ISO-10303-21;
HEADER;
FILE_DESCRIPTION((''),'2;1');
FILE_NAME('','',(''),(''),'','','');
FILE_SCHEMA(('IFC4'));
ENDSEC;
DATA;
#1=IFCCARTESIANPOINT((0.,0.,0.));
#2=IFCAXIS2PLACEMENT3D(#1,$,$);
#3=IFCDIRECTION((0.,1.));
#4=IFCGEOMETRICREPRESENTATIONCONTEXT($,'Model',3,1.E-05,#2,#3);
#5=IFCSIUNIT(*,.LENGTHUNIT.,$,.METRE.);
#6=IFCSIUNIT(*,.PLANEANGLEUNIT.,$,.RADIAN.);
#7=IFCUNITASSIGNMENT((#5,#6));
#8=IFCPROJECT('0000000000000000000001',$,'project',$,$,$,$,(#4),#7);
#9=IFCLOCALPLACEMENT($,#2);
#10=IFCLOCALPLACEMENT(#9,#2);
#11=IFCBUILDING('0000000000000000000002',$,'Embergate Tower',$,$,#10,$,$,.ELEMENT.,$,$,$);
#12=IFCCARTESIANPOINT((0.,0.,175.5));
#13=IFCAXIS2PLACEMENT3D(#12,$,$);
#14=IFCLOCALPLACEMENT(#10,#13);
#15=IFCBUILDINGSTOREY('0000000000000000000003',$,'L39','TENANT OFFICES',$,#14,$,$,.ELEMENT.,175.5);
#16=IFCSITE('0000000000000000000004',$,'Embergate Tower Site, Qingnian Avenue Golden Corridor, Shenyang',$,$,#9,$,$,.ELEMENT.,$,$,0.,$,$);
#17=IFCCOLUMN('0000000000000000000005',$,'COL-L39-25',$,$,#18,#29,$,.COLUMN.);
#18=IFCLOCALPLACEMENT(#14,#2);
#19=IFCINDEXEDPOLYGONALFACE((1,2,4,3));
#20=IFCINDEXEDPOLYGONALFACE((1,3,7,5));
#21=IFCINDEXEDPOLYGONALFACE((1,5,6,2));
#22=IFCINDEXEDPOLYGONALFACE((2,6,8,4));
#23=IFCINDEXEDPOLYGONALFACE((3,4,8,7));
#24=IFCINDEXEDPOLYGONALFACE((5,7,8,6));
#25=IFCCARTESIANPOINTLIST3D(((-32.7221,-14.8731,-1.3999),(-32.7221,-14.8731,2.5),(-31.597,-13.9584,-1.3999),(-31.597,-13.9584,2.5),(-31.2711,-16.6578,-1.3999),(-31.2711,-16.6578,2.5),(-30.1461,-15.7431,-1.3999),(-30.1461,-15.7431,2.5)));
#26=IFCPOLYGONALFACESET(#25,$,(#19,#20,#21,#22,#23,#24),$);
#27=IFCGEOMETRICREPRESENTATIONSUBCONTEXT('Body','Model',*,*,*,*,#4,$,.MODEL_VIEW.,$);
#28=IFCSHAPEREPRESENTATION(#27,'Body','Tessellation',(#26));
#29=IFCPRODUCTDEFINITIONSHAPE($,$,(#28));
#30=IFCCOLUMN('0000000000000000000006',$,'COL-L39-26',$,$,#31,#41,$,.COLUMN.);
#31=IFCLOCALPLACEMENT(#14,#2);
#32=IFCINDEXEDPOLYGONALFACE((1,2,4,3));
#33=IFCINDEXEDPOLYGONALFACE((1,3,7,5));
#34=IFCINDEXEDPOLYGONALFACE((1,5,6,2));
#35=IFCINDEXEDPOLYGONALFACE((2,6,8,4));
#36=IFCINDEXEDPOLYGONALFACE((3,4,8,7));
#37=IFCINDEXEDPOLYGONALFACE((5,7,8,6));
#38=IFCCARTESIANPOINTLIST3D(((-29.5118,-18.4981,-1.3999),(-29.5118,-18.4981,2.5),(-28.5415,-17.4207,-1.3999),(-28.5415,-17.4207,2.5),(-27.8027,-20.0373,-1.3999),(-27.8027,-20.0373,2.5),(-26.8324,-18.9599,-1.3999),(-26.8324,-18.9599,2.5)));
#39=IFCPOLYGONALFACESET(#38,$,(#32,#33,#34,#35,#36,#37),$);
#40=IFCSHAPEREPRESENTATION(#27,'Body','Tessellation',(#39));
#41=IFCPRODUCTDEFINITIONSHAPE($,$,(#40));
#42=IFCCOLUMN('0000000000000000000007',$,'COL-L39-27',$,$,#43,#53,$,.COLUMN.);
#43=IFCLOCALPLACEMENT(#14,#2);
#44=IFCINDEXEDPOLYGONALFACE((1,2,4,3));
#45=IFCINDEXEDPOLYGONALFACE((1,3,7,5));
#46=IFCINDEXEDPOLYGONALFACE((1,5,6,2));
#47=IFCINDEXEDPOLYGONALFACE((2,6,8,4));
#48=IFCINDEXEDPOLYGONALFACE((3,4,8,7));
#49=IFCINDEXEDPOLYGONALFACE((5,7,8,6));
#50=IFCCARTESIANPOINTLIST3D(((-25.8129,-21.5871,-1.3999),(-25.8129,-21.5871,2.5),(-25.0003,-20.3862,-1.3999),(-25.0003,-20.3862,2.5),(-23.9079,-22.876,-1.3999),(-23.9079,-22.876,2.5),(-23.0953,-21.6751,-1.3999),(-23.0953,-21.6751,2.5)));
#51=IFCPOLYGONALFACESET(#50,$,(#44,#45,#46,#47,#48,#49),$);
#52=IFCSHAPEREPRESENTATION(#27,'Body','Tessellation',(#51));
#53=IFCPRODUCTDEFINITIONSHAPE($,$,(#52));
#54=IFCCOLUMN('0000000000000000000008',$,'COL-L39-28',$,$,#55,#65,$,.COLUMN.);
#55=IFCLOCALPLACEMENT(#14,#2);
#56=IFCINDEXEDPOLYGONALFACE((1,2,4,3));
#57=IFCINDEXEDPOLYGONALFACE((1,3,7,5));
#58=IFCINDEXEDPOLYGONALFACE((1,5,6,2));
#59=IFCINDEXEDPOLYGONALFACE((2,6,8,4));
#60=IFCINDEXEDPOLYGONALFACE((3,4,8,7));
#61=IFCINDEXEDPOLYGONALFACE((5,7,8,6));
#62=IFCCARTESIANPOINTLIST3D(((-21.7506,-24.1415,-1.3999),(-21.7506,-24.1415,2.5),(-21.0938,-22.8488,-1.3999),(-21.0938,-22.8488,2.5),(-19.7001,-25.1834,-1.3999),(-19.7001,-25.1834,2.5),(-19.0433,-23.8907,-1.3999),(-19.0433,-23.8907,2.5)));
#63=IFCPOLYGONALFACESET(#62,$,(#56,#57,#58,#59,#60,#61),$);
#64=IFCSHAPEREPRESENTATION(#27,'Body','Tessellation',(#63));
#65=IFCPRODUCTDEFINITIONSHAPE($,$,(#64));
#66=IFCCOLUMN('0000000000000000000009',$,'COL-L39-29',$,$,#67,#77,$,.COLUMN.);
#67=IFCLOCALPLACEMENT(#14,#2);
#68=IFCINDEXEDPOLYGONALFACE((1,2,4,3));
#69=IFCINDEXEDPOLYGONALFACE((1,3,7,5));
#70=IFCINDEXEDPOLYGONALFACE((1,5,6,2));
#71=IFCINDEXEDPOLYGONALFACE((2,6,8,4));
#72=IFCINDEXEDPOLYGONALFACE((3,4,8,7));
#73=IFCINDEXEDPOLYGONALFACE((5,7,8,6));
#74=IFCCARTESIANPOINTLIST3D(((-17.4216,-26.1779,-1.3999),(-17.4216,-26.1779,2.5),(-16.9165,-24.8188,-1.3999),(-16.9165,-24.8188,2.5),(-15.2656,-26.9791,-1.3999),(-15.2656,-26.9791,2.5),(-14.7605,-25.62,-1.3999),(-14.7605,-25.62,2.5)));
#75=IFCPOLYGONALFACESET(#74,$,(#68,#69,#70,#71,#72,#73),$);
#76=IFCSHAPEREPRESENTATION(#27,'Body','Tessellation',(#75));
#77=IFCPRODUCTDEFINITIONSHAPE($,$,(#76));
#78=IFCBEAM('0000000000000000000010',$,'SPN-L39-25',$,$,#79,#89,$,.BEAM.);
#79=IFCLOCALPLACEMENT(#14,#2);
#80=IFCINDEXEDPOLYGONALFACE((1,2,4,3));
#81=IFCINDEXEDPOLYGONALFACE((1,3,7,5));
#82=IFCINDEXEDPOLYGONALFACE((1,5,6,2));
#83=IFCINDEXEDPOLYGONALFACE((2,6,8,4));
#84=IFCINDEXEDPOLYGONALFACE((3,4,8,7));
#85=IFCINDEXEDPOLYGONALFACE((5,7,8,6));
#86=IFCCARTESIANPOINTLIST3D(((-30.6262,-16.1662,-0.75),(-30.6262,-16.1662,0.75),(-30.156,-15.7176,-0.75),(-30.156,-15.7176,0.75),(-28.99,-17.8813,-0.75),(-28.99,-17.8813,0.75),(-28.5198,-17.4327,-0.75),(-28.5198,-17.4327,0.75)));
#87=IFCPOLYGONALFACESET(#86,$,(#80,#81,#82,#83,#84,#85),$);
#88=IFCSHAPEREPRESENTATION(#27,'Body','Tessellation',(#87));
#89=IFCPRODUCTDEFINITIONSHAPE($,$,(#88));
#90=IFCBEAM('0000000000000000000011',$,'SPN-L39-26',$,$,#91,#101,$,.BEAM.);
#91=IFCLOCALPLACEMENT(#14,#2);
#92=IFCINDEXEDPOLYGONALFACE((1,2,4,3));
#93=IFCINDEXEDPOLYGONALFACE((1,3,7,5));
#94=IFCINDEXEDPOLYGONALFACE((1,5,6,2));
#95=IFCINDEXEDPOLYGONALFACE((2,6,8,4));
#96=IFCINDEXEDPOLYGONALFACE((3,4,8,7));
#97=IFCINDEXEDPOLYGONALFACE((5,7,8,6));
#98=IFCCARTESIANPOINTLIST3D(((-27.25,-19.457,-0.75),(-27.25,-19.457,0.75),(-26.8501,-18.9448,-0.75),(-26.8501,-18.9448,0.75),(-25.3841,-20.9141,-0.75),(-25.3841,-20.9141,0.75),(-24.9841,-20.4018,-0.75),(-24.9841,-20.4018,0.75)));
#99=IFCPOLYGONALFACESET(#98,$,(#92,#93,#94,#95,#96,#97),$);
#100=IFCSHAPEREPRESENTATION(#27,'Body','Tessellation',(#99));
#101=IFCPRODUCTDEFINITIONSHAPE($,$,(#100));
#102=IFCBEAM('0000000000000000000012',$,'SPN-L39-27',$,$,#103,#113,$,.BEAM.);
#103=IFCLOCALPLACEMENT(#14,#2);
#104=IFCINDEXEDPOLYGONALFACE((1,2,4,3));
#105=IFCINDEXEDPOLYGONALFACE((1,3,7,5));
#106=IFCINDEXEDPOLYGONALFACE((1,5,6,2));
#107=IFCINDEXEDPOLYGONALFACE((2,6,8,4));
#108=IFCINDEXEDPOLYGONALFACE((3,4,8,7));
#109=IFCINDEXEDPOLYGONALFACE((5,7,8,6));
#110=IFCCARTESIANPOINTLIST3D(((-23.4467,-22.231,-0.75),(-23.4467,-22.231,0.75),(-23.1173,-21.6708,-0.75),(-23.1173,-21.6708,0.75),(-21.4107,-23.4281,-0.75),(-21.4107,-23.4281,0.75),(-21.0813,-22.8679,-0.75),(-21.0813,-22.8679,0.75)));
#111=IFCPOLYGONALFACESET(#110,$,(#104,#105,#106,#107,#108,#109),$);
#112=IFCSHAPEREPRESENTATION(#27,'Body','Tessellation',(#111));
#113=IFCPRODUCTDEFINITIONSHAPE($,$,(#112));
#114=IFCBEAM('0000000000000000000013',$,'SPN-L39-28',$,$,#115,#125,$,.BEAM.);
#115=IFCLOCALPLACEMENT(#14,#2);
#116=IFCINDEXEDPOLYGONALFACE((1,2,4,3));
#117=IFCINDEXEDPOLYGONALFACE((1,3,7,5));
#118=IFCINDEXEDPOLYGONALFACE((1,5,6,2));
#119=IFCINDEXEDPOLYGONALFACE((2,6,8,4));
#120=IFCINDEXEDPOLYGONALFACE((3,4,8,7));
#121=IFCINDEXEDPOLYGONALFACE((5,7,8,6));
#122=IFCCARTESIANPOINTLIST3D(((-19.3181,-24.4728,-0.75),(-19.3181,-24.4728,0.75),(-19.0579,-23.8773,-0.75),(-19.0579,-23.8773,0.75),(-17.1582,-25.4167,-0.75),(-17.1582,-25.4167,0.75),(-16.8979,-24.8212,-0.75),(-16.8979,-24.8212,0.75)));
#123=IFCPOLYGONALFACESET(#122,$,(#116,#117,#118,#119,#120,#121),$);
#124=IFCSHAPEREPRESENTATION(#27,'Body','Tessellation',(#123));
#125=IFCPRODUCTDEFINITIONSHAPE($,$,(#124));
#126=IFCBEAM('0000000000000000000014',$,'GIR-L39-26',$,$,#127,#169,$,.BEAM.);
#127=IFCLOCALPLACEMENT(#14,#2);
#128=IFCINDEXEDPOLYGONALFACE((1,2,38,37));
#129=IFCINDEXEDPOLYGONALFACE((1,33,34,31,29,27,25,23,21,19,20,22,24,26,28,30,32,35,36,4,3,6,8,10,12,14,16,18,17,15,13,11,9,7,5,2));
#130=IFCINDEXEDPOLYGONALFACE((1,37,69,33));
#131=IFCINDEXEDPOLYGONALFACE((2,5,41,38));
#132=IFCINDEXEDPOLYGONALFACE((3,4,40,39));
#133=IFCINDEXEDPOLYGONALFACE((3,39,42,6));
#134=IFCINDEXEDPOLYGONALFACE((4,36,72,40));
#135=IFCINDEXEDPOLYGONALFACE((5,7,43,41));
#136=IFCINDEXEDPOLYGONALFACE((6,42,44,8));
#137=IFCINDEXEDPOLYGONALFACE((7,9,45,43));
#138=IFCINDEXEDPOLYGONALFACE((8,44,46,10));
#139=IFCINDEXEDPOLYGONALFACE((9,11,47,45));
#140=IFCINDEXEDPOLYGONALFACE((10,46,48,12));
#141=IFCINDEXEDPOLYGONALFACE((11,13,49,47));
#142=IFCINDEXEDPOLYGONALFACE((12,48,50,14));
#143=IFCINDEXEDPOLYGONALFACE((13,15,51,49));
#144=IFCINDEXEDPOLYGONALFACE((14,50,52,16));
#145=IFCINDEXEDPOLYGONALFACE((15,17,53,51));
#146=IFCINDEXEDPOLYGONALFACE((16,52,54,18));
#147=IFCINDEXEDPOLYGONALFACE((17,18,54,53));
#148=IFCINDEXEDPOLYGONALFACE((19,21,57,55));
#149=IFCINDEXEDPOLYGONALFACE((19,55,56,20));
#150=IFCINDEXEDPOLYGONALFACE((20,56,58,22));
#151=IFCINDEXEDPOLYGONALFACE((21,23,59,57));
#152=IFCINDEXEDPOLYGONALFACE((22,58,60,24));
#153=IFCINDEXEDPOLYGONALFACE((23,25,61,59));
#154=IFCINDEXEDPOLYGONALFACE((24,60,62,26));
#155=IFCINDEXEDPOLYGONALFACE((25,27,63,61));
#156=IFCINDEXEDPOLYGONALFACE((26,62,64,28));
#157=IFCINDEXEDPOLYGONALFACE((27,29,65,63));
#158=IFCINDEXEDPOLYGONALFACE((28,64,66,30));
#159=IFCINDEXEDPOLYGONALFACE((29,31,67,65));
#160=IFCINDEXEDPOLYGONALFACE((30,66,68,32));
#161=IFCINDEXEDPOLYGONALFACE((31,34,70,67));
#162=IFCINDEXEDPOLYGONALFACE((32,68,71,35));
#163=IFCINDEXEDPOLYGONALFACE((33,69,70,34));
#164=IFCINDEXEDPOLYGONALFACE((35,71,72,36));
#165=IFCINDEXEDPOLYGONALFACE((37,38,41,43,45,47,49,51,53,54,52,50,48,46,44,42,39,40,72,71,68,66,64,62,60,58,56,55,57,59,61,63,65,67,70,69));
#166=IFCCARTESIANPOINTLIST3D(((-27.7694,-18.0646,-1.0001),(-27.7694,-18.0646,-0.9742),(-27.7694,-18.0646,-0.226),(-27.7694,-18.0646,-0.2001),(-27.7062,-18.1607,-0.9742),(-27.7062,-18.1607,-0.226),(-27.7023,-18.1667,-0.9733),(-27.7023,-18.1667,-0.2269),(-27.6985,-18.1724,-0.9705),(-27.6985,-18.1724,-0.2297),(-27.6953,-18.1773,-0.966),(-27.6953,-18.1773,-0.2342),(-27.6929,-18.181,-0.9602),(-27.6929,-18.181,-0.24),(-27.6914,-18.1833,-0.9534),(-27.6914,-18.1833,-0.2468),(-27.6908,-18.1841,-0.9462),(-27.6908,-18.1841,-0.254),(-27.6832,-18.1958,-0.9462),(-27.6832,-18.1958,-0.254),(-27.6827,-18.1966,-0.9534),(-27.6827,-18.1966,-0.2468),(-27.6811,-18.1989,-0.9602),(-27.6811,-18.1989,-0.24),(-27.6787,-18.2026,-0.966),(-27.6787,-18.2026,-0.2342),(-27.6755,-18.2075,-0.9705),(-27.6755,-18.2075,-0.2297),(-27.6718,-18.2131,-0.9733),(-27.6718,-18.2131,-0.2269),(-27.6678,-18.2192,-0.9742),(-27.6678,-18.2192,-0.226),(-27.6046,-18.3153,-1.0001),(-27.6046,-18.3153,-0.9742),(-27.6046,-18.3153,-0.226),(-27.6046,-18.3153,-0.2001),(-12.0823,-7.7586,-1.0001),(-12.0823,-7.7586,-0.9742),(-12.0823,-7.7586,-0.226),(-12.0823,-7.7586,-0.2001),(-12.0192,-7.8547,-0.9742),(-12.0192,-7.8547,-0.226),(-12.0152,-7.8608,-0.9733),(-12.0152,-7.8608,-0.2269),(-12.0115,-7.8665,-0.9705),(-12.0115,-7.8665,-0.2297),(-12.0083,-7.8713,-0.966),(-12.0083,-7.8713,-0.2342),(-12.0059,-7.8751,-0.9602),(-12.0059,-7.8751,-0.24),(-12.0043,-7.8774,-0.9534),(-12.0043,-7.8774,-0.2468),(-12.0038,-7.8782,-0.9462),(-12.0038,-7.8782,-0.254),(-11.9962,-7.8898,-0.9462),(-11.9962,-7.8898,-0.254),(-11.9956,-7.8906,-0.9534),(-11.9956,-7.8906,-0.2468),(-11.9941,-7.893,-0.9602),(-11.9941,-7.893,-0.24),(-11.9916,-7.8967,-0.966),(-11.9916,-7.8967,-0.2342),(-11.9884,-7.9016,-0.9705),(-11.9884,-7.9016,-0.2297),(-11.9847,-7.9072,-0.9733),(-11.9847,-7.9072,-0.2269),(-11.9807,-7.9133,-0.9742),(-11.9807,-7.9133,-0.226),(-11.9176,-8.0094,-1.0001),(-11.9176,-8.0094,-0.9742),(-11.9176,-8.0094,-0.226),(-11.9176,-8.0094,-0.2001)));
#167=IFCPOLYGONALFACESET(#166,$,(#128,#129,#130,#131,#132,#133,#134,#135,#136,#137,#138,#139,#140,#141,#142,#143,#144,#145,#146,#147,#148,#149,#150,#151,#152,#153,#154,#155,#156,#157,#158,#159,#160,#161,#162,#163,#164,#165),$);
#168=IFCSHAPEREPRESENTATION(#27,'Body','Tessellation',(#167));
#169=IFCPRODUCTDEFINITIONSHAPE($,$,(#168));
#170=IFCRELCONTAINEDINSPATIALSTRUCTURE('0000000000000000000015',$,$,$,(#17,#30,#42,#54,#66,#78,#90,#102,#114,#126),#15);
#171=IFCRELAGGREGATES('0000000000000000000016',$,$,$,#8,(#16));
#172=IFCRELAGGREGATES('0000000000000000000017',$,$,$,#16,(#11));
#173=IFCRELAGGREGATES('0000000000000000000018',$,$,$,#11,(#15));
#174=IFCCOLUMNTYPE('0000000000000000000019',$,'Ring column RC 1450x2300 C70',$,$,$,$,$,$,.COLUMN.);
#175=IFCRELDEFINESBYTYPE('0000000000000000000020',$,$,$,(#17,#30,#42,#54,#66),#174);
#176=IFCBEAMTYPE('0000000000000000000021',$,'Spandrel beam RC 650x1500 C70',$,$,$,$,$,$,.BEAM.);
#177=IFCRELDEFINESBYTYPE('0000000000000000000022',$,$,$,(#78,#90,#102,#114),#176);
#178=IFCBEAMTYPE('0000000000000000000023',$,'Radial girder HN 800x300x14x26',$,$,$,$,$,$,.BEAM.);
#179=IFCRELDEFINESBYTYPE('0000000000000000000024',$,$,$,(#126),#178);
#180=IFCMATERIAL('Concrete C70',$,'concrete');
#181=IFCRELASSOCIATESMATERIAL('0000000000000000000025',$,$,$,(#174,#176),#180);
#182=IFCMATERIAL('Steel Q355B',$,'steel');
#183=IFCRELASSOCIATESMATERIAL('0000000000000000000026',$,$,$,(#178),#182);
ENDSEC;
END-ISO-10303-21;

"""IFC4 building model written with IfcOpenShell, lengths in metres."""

from ifc_helpers import new_model, si_unit, direction, frame, origin, origin_2d, place, context, subcontext, project, spatial, rectangle, i_section, extrude, source, transform, mapped, material, material_profile, profile_set, type_object, element, save


model = new_model("IFC4")

# Units and contexts
model_context = context("Model", 3, precision=1e-05, world=origin(), true_north=direction((0.0, 1.0)))
body_context = subcontext(model_context, "Body", "Model", "MODEL_VIEW")
ifc_project = project(units=[si_unit("LENGTHUNIT", "METRE"), si_unit("PLANEANGLEUNIT", "RADIAN")], contexts=[model_context])

# Site, building, storey
site_placement = place(None, origin())
site = spatial("IfcSite", under=ifc_project, at=site_placement, Name="Embergate Tower Site, Qingnian Avenue Golden Corridor, Shenyang", CompositionType="ELEMENT", RefElevation=0.0)
building_placement = place(site_placement, origin())
building = spatial("IfcBuilding", under=site, at=building_placement, Name="Embergate Tower", CompositionType="ELEMENT")
storey_placement = place(building_placement, frame((0.0, 0.0, 175.5)))
storey = spatial("IfcBuildingStorey", under=building, at=storey_placement, Name="L39", Description="TENANT OFFICES", CompositionType="ELEMENT", Elevation=175.5)

# Columns
ifc_material_1 = material(Name="Concrete C70", Category="concrete")
ifc_material_profile_1 = material_profile(ifc_material_1, rectangle(XDim=1.45, YDim=2.3, at=origin_2d()), Name="RC 1450x2300")
ifc_profile_set_1 = profile_set([ifc_material_profile_1], Name="Concrete C70")
column_type = type_object("IfcColumnType", Name="Ring column RC 1450x2300 C70", PredefinedType="COLUMN", material=ifc_profile_set_1)
shared_shape_1 = source(origin(), body_context, "Body", "SweptSolid", [
    extrude(rectangle(XDim=1.45, YDim=2.3, at=origin_2d()), origin(), (0.0, 0.0, 1.0), 3.8999),
])
for number, where, z_axis, x_axis, name in (
    (1, (-31.4341, -15.3081, -1.3999), (0.0, 0.0, 1.0), (-0.775914, -0.630838, 0.0), "COL-L39-25"),
    (2, (-28.1721, -18.729, -1.3999), (0.0, 0.0, 1.0), (-0.669208, -0.743075, 0.0), "COL-L39-26"),
    (3, (-24.4541, -21.6311, -1.3999), (0.0, 0.0, 1.0), (-0.560393, -0.828227, 0.0), "COL-L39-27"),
    (4, (-20.397, -24.0161, -1.3999), (0.0, 0.0, 1.0), (-0.452995, -0.891513, 0.0), "COL-L39-28"),
    (5, (-16.0911, -25.8989, -1.3999), (0.0, 0.0, 1.0), (-0.348343, -0.937367, 0.0), "COL-L39-29"),
):
    element("IfcColumn", number, at=place(storey_placement, frame(where, z_axis=z_axis, x_axis=x_axis)), inside=storey, type_object=column_type, Name=name, PredefinedType="COLUMN", context=body_context, shape_type="MappedRepresentation", body=[
        mapped(shared_shape_1, transform((0.0, 0.0, 0.0))),
    ])

# Beams
ifc_material_profile_2 = material_profile(ifc_material_1, rectangle(XDim=0.6499, YDim=1.5, at=origin_2d()), Name="RC 650x1500")
ifc_profile_set_2 = profile_set([ifc_material_profile_2], Name="Concrete C70")
beam_type_1 = type_object("IfcBeamType", Name="Spandrel beam RC 650x1500 C70", PredefinedType="BEAM", material=ifc_profile_set_2)
shared_shape_2 = source(origin(), body_context, "Body", "SweptSolid", [
    extrude(rectangle(XDim=0.6499, YDim=1.5, at=origin_2d()), origin(), (0.0, 0.0, 1.0), 2.3704),
])
beam_1_placement = place(storey_placement, frame((-30.3911, -15.9419, 0.0), z_axis=(0.690277, -0.723545, 0.0), x_axis=(0.723545, 0.690277, 0.0)))
element("IfcBeam", 6, at=beam_1_placement, inside=storey, type_object=beam_type_1, Name="SPN-L39-25", PredefinedType="BEAM", context=body_context, shape_type="MappedRepresentation", body=[
    mapped(shared_shape_2, transform((0.0, 0.0, 0.0))),
])
shared_shape_3 = source(origin(), body_context, "Body", "SweptSolid", [
    extrude(rectangle(XDim=0.6499, YDim=1.5, at=origin_2d()), origin(), (0.0, 0.0, 1.0), 2.3674),
])
beam_2_placement = place(storey_placement, frame((-27.05, -19.2009, 0.0), z_axis=(0.788179, -0.615446, 0.0), x_axis=(0.615446, 0.788179, 0.0)))
element("IfcBeam", 7, at=beam_2_placement, inside=storey, type_object=beam_type_1, Name="SPN-L39-26", PredefinedType="BEAM", context=body_context, shape_type="MappedRepresentation", body=[
    mapped(shared_shape_3, transform((0.0, 0.0, 0.0))),
])
shared_shape_4 = source(origin(), body_context, "Body", "SweptSolid", [
    extrude(rectangle(XDim=0.6499, YDim=1.5, at=origin_2d()), origin(), (0.0, 0.0, 1.0), 2.3618),
])
beam_3_placement = place(storey_placement, frame((-23.282, -21.9509, 0.0), z_axis=(0.862038, -0.506844, 0.0), x_axis=(0.506844, 0.862038, 0.0)))
element("IfcBeam", 8, at=beam_3_placement, inside=storey, type_object=beam_type_1, Name="SPN-L39-27", PredefinedType="BEAM", context=body_context, shape_type="MappedRepresentation", body=[
    mapped(shared_shape_4, transform((0.0, 0.0, 0.0))),
])
shared_shape_5 = source(origin(), body_context, "Body", "SweptSolid", [
    extrude(rectangle(XDim=0.6499, YDim=1.5, at=origin_2d()), origin(), (0.0, 0.0, 1.0), 2.3572),
])
beam_4_placement = place(storey_placement, frame((-19.188, -24.175, 0.0), z_axis=(0.916331, -0.400422, 0.0), x_axis=(0.400422, 0.916331, 0.0)))
element("IfcBeam", 9, at=beam_4_placement, inside=storey, type_object=beam_type_1, Name="SPN-L39-28", PredefinedType="BEAM", context=body_context, shape_type="MappedRepresentation", body=[
    mapped(shared_shape_5, transform((0.0, 0.0, 0.0))),
])
ifc_material_2 = material(Name="Steel Q355B", Category="steel")
ifc_material_profile_3 = material_profile(ifc_material_2, i_section(OverallWidth=0.3, OverallDepth=0.8, WebThickness=0.0139, FlangeThickness=0.0259, FilletRadius=0.0281, at=origin_2d()), Name="HN 800x300x14x26")
ifc_profile_set_3 = profile_set([ifc_material_profile_3], Name="Steel Q355 grade B")
beam_type_2 = type_object("IfcBeamType", Name="Radial girder HN 800x300x14x26", PredefinedType="BEAM", material=ifc_profile_set_3)
shared_shape_6 = source(origin(), body_context, "Body", "SweptSolid", [
    extrude(i_section(OverallWidth=0.3, OverallDepth=0.8, WebThickness=0.0139, FlangeThickness=0.0259, FilletRadius=0.0281, at=origin_2d()), origin(), (0.0, 0.0, 1.0), 18.7695),
])
beam_5_placement = place(storey_placement, frame((-27.687, -18.1899, -0.6001), z_axis=(0.835771, 0.549077, 0.0), x_axis=(-0.549077, 0.835771, 0.0)))
element("IfcBeam", 10, at=beam_5_placement, inside=storey, type_object=beam_type_2, Name="GIR-L39-26", PredefinedType="BEAM", context=body_context, shape_type="MappedRepresentation", body=[
    mapped(shared_shape_6, transform((0.0, 0.0, 0.0))),
])

save(model, "model.ifc")
